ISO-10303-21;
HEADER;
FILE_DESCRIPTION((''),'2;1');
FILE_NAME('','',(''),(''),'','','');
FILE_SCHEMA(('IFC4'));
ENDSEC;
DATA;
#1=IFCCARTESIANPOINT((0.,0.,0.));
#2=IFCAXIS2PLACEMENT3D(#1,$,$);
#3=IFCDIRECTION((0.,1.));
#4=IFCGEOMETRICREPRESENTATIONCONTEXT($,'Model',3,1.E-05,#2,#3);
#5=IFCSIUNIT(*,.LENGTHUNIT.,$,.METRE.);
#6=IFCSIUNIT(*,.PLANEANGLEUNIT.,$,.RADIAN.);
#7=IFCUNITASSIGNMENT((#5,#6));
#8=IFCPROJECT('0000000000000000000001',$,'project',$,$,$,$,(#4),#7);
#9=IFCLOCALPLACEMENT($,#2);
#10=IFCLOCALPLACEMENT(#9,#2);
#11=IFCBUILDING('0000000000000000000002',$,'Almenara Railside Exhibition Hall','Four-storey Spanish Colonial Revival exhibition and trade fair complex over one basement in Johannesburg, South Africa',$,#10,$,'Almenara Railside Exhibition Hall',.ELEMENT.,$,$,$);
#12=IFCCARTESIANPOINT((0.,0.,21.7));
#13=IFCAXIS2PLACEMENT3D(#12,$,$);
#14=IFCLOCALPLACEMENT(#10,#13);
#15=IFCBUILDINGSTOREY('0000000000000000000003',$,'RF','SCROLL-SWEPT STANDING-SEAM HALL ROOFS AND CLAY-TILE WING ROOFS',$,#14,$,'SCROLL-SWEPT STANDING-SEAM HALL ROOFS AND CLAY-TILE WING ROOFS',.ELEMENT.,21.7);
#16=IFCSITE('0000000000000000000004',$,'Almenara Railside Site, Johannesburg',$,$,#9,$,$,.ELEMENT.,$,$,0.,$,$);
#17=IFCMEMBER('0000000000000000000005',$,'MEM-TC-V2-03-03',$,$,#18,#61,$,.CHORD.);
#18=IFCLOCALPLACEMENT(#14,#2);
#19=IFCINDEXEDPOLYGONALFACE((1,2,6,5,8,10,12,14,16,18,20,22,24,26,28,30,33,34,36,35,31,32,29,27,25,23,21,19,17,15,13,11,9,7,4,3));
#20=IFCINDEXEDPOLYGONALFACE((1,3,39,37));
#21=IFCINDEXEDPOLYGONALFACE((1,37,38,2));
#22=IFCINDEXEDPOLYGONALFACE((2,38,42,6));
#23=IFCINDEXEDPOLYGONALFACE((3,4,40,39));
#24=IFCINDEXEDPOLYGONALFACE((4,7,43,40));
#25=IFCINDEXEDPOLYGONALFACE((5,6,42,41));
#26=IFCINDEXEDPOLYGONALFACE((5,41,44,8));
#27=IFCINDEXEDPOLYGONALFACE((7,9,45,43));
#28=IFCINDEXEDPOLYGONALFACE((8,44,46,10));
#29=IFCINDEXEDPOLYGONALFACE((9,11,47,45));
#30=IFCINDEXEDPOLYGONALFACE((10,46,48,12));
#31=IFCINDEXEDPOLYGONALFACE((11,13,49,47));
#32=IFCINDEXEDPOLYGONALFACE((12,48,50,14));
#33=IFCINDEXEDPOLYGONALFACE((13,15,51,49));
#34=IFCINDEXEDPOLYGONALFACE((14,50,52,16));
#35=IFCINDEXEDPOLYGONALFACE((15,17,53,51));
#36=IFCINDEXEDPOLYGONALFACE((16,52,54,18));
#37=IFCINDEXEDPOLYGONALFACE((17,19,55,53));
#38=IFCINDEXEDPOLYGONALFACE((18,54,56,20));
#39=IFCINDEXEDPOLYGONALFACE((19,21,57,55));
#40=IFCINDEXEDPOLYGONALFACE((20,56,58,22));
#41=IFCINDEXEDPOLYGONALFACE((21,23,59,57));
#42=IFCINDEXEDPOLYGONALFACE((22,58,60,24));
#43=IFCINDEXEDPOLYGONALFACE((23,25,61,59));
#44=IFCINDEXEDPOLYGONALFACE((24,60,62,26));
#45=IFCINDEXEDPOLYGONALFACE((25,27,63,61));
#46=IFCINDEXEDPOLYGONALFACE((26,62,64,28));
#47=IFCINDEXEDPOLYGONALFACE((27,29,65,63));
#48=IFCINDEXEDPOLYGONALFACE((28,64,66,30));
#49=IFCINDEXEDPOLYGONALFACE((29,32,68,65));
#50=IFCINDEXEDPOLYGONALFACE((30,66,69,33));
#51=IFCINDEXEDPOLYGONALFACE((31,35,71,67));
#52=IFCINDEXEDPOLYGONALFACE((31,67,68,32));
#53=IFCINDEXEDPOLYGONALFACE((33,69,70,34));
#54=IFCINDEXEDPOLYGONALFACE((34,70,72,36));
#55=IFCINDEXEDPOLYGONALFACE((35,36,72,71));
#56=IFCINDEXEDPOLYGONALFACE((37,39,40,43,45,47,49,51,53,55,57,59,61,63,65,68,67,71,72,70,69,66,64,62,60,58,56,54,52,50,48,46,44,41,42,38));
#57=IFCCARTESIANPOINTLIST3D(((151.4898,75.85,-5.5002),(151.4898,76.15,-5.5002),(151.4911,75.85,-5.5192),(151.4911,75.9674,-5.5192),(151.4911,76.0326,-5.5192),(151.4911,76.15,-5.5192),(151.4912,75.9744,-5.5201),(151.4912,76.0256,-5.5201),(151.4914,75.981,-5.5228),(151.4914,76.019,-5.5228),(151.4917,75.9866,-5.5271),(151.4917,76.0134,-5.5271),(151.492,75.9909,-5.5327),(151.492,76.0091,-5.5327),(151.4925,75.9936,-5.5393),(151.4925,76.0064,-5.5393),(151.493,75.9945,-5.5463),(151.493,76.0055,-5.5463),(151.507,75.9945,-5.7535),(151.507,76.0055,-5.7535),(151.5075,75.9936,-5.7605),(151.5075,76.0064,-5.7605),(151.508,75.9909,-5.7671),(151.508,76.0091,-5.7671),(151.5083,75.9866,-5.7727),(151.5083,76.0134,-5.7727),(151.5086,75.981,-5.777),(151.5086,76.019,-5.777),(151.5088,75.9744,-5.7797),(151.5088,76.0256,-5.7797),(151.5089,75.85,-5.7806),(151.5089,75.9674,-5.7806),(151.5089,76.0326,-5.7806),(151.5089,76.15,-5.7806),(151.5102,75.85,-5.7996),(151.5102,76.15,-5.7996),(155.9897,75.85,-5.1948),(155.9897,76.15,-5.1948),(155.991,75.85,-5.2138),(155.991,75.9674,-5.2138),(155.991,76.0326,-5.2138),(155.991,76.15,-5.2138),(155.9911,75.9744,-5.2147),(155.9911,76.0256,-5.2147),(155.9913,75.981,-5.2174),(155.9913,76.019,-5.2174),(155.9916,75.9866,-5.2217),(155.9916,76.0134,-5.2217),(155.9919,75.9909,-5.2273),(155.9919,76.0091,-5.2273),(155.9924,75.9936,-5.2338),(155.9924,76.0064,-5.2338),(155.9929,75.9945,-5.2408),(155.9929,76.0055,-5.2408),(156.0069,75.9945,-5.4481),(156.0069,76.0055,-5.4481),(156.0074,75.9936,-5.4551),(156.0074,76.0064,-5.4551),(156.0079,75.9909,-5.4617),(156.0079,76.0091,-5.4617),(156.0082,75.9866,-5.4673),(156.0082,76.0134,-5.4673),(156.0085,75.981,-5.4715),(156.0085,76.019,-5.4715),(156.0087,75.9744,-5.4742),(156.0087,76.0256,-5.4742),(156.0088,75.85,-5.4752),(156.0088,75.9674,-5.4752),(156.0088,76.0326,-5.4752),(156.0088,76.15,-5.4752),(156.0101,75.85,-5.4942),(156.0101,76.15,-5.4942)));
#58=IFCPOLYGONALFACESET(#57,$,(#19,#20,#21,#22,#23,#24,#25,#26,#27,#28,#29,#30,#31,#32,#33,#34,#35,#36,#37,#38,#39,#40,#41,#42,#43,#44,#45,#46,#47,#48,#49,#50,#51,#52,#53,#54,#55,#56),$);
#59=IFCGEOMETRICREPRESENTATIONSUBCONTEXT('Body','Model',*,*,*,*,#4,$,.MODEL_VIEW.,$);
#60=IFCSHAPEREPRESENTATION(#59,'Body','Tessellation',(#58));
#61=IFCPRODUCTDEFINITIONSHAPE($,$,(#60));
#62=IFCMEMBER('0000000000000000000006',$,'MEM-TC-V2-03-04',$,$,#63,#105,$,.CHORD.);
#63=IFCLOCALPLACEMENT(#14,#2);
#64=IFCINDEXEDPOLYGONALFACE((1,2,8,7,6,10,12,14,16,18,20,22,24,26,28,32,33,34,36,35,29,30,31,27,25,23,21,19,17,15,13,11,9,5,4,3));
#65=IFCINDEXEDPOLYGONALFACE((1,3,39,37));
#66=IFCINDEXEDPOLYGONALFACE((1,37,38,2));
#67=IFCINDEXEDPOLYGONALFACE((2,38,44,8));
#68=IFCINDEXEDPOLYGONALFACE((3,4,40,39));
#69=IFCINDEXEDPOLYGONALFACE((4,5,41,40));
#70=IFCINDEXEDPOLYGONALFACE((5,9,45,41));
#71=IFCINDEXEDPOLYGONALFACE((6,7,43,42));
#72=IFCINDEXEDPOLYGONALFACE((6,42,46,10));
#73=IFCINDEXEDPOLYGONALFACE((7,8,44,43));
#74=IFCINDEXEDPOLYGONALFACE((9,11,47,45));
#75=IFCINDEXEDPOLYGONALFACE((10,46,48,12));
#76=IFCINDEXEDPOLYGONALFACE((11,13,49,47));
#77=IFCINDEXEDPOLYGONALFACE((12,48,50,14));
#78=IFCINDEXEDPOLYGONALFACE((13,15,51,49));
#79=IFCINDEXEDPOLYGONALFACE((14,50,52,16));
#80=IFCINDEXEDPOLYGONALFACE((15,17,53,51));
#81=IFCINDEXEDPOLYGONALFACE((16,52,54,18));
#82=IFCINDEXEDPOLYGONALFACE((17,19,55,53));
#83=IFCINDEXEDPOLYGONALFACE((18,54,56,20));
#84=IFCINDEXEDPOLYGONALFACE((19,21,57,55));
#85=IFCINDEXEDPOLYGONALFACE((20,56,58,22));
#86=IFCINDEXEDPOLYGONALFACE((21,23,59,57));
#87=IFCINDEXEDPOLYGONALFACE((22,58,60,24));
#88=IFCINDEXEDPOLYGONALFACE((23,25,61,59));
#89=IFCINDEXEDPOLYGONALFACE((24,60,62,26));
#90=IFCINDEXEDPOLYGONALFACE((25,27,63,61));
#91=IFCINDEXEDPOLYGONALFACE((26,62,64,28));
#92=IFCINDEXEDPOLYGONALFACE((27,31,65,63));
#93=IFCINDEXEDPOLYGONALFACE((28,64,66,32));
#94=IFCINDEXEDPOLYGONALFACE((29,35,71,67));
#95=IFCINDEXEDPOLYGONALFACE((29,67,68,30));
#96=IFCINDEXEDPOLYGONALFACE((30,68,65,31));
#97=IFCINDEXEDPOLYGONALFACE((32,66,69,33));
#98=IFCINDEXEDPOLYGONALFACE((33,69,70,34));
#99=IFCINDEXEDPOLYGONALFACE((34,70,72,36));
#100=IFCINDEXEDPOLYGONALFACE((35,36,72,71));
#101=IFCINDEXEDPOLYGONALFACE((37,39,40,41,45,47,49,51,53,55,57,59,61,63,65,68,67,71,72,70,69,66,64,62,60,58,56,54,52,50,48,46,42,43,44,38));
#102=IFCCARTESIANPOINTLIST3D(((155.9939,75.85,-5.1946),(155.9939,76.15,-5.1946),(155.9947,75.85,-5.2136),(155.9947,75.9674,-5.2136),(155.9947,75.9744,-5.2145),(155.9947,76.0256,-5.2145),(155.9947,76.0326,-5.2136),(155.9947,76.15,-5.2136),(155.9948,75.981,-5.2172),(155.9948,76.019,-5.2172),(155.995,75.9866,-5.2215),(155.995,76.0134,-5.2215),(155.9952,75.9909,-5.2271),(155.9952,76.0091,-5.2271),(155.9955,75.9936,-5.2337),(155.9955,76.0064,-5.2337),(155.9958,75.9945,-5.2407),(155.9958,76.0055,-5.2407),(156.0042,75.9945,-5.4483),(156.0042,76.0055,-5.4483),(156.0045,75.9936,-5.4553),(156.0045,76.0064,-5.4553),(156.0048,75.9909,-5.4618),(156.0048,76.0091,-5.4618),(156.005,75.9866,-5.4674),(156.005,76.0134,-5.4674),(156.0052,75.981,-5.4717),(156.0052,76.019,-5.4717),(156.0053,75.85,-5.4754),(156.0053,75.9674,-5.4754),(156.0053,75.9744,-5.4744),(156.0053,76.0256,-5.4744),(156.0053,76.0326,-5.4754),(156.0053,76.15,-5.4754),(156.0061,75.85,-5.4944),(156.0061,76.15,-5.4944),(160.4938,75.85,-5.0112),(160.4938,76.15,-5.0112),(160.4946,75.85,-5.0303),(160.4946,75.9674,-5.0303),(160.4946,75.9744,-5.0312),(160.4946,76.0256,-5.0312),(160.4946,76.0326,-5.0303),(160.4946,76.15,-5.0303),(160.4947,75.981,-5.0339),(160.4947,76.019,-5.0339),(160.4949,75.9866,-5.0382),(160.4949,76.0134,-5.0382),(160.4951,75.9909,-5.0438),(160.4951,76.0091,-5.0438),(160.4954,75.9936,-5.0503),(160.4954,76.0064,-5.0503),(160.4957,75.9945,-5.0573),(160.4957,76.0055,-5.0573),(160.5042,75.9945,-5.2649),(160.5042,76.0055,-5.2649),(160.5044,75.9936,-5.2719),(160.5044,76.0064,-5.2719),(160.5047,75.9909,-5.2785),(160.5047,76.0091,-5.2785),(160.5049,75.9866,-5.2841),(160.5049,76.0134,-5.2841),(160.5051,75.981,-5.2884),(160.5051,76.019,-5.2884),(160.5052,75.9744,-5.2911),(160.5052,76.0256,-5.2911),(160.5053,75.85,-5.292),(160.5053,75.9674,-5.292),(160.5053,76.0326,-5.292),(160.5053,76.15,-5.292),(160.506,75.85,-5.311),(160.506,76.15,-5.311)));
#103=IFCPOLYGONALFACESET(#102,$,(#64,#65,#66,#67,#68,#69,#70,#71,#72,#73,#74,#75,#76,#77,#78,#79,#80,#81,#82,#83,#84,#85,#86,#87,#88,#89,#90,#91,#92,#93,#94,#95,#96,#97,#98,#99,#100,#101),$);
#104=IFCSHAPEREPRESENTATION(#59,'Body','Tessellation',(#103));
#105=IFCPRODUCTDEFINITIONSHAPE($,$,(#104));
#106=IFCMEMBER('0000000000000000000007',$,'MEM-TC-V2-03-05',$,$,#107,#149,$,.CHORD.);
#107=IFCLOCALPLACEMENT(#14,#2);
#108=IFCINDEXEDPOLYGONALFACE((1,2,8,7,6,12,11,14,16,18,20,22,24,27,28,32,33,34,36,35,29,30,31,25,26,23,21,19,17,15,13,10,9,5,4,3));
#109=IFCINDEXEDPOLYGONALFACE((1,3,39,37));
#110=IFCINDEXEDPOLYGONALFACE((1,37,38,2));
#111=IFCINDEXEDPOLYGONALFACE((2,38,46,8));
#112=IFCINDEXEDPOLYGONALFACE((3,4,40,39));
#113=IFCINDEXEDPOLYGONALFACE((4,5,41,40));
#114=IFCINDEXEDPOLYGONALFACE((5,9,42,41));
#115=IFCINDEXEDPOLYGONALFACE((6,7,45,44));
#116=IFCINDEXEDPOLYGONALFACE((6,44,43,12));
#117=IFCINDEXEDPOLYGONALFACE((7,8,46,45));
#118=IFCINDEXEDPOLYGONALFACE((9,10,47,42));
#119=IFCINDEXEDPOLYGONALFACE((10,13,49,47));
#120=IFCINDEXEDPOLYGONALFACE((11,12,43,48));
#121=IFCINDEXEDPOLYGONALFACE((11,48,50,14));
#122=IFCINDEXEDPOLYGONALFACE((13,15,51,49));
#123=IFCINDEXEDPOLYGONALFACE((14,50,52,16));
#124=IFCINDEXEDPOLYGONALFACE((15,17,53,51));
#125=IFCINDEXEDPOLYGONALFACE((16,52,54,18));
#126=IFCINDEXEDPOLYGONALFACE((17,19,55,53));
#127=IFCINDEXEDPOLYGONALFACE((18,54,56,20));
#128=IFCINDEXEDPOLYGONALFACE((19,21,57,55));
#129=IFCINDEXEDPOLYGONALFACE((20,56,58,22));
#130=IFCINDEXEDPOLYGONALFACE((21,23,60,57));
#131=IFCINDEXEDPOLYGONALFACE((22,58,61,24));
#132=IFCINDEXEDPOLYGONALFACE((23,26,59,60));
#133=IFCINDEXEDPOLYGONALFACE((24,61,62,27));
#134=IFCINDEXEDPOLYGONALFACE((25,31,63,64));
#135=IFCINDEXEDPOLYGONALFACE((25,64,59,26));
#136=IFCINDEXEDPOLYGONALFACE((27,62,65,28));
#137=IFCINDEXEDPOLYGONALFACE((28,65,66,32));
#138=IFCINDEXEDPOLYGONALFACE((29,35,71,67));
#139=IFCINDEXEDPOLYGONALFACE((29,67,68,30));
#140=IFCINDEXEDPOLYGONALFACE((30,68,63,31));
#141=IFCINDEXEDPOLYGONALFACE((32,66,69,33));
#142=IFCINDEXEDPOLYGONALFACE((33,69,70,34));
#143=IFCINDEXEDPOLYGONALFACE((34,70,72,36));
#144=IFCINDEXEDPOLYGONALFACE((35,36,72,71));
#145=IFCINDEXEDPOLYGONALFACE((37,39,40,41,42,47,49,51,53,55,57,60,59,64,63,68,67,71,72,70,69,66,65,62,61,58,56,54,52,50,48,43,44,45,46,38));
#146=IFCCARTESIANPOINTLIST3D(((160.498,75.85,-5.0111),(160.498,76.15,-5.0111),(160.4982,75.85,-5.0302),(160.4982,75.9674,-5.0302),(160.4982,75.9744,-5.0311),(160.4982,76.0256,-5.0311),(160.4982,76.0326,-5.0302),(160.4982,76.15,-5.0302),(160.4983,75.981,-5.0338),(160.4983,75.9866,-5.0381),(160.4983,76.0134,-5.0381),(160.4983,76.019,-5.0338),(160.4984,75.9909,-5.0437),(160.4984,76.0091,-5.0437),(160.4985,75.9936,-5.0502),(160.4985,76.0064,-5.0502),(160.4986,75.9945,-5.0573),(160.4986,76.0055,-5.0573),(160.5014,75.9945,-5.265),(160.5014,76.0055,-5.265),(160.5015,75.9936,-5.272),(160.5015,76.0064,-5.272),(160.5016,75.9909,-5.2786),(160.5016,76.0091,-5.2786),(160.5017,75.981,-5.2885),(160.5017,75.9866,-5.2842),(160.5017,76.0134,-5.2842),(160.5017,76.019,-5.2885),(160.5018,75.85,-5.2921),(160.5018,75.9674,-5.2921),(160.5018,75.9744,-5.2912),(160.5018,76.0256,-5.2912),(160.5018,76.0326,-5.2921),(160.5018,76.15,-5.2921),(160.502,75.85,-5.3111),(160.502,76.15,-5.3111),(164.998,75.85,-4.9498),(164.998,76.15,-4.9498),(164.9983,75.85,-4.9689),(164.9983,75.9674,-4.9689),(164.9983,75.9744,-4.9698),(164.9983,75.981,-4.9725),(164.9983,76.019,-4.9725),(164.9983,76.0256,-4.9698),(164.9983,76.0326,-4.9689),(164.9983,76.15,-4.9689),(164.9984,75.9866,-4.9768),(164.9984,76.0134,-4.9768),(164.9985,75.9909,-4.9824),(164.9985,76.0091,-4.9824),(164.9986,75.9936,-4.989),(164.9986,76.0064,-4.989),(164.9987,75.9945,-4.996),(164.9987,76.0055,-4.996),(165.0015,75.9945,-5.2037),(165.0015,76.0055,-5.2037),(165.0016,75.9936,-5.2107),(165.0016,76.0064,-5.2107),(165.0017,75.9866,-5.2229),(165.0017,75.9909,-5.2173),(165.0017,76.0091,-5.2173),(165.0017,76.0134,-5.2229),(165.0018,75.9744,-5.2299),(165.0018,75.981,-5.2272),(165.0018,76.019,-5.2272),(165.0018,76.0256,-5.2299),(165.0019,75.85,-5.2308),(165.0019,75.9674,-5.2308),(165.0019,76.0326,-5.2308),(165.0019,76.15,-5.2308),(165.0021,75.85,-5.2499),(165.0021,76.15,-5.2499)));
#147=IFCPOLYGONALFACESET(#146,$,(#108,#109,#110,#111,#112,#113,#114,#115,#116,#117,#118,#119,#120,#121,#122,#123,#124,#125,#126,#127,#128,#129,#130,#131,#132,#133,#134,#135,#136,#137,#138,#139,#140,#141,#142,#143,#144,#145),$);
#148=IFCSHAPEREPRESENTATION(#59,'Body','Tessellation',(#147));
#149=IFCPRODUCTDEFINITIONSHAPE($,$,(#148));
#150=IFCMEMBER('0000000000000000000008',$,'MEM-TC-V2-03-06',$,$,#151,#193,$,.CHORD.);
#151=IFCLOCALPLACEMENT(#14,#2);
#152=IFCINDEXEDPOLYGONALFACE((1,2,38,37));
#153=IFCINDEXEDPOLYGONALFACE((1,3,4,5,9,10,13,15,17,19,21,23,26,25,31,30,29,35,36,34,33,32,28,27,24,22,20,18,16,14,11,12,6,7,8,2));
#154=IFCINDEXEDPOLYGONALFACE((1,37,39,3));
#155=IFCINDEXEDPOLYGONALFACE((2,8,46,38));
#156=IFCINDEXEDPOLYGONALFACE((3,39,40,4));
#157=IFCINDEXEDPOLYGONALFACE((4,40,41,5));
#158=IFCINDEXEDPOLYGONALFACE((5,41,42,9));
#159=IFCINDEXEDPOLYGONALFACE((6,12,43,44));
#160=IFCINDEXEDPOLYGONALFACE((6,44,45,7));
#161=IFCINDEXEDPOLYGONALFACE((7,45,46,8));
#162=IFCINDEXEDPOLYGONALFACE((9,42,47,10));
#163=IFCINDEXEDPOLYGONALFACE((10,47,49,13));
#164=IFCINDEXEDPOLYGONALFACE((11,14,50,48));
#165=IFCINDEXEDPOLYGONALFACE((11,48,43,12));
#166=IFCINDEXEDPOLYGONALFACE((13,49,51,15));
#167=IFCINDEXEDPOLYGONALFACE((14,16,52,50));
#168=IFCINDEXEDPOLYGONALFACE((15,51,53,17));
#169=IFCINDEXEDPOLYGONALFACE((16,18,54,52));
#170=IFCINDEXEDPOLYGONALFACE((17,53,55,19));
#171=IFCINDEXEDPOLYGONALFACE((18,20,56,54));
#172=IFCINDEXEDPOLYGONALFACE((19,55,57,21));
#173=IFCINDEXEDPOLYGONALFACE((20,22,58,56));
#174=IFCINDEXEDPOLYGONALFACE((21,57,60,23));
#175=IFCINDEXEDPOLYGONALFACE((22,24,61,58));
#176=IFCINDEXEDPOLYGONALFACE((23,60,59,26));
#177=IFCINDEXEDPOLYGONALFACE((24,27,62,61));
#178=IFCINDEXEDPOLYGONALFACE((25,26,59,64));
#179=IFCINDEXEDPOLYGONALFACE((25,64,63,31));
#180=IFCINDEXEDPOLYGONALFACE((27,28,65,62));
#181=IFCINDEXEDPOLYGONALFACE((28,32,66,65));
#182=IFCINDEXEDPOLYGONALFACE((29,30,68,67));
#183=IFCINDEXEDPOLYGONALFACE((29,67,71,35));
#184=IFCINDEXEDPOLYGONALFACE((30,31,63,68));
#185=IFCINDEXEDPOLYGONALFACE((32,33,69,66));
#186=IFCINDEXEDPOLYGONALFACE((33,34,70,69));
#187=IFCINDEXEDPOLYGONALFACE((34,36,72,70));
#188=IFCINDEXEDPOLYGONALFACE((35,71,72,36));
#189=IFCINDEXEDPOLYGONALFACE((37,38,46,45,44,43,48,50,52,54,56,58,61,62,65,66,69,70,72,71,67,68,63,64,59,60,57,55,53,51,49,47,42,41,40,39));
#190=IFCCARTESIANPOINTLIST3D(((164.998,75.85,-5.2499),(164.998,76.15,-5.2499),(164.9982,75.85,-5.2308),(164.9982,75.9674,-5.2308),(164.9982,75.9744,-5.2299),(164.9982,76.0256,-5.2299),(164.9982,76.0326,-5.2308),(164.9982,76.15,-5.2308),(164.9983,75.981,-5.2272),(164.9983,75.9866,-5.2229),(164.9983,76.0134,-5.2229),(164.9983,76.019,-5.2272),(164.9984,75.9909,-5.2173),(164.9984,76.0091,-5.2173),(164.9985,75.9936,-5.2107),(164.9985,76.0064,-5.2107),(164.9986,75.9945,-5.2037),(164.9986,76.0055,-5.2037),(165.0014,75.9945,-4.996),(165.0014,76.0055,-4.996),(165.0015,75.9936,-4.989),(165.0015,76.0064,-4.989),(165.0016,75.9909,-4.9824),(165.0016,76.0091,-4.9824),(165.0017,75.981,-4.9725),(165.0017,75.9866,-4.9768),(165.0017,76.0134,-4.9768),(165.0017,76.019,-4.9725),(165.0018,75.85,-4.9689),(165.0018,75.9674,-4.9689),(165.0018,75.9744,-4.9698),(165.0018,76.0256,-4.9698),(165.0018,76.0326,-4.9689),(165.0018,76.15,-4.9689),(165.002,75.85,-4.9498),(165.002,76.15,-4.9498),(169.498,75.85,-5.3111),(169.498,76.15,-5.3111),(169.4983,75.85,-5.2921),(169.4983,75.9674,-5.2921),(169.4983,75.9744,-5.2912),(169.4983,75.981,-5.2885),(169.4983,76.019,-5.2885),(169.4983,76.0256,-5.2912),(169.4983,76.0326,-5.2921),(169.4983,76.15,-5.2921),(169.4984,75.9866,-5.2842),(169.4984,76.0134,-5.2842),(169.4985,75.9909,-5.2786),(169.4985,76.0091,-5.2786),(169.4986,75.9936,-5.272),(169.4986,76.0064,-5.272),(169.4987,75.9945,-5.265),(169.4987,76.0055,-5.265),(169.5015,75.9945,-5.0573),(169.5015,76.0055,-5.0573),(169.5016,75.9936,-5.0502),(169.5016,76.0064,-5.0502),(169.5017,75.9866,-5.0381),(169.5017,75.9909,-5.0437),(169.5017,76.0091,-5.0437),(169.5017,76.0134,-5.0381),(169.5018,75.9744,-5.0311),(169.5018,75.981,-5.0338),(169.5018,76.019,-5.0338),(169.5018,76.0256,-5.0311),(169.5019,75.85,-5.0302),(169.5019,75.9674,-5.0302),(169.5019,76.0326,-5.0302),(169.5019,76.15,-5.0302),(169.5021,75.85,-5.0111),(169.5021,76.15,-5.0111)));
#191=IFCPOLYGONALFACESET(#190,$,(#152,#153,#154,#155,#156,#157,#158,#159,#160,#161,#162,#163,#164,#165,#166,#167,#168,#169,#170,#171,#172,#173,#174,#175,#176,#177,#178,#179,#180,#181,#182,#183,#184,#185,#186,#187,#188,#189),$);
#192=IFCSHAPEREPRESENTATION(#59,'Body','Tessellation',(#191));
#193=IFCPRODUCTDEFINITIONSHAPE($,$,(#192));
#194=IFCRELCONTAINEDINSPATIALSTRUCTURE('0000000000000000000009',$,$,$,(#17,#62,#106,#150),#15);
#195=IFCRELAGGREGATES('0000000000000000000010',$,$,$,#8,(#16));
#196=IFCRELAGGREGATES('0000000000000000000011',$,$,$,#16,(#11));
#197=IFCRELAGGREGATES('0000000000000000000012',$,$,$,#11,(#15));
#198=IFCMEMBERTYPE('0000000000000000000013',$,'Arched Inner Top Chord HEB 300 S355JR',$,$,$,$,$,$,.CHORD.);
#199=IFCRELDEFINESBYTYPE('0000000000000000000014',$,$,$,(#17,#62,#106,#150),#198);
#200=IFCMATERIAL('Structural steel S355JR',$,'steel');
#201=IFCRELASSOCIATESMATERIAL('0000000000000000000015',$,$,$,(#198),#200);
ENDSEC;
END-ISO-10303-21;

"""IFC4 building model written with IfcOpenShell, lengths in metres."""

from ifc_helpers import new_model, si_unit, direction, frame, origin, origin_2d, place, context, subcontext, project, spatial, i_section, extrude, material, material_profile, profile_set, type_object, element, save


model = new_model("IFC4")

# Units and contexts
model_context = context("Model", 3, precision=1e-05, world=origin(), true_north=direction((0.0, 1.0)))
body_context = subcontext(model_context, "Body", "Model", "MODEL_VIEW")
ifc_project = project(units=[si_unit("LENGTHUNIT", "METRE"), si_unit("PLANEANGLEUNIT", "RADIAN")], contexts=[model_context])

# Site, building, storey
site_placement = place(None, origin())
site = spatial("IfcSite", under=ifc_project, at=site_placement, Name="Almenara Railside Site, Johannesburg", CompositionType="ELEMENT", RefElevation=0.0)
building_placement = place(site_placement, origin())
building = spatial("IfcBuilding", under=site, at=building_placement, Name="Almenara Railside Exhibition Hall", Description="Four-storey Spanish Colonial Revival exhibition and trade fair complex over one basement in Johannesburg, South Africa", LongName="Almenara Railside Exhibition Hall", CompositionType="ELEMENT")
storey_placement = place(building_placement, frame((0.0, 0.0, 21.7)))
storey = spatial("IfcBuildingStorey", under=building, at=storey_placement, Name="RF", Description="SCROLL-SWEPT STANDING-SEAM HALL ROOFS AND CLAY-TILE WING ROOFS", LongName="SCROLL-SWEPT STANDING-SEAM HALL ROOFS AND CLAY-TILE WING ROOFS", CompositionType="ELEMENT", Elevation=21.7)

# Members
ifc_material_1 = material(Name="Structural steel S355JR", Category="steel")
ifc_material_profile_1 = material_profile(ifc_material_1, i_section(OverallWidth=0.3, OverallDepth=0.3, WebThickness=0.011, FlangeThickness=0.019, FilletRadius=0.0271, at=origin_2d()), Name="HEB 300")
ifc_profile_set_1 = profile_set([ifc_material_profile_1], Name="Structural steel S355JR")
member_type_1 = type_object("IfcMemberType", Name="Arched Inner Top Chord HEB 300 S355JR", PredefinedType="CHORD", material=ifc_profile_set_1)
member_1_placement = place(storey_placement, frame((151.5, 76.0, -5.6499), z_axis=(0.997705, 0.0, 0.067715), x_axis=(0.0, 1.0, 0.0)))
element("IfcMember", 1, at=member_1_placement, inside=storey, type_object=member_type_1, Name="MEM-TC-V2-03-03", PredefinedType="CHORD", context=body_context, shape_type="SweptSolid", body=[
    extrude(i_section(OverallWidth=0.3, OverallDepth=0.3, WebThickness=0.011, FlangeThickness=0.019, FilletRadius=0.0271, at=origin_2d()), origin(), (0.0, 0.0, 1.0), 4.5103),
])
member_2_placement = place(storey_placement, frame((156.0, 76.0, -5.3445), z_axis=(0.999171, 0.0, 0.040711), x_axis=(0.0, 1.0, 0.0)))
element("IfcMember", 2, at=member_2_placement, inside=storey, type_object=member_type_1, Name="MEM-TC-V2-03-04", PredefinedType="CHORD", context=body_context, shape_type="SweptSolid", body=[
    extrude(i_section(OverallWidth=0.3, OverallDepth=0.3, WebThickness=0.011, FlangeThickness=0.019, FilletRadius=0.0271, at=origin_2d()), origin(), (0.0, 0.0, 1.0), 4.5037),
])
for number, where, z_axis, x_axis, name in (
    (3, (160.5, 76.0, -5.1611), (0.999907, 0.0, 0.013616), (0.0, 1.0, 0.0), "MEM-TC-V2-03-05"),
    (4, (165.0, 76.0, -5.0999), (0.999907, 0.0, -0.013616), (0.0, 1.0, 0.0), "MEM-TC-V2-03-06"),
):
    element("IfcMember", number, at=place(storey_placement, frame(where, z_axis=z_axis, x_axis=x_axis)), inside=storey, type_object=member_type_1, Name=name, PredefinedType="CHORD", context=body_context, shape_type="SweptSolid", body=[
        extrude(i_section(OverallWidth=0.3, OverallDepth=0.3, WebThickness=0.011, FlangeThickness=0.019, FilletRadius=0.0271, at=origin_2d()), origin(), (0.0, 0.0, 1.0), 4.5005),
    ])

save(model, "model.ifc")
